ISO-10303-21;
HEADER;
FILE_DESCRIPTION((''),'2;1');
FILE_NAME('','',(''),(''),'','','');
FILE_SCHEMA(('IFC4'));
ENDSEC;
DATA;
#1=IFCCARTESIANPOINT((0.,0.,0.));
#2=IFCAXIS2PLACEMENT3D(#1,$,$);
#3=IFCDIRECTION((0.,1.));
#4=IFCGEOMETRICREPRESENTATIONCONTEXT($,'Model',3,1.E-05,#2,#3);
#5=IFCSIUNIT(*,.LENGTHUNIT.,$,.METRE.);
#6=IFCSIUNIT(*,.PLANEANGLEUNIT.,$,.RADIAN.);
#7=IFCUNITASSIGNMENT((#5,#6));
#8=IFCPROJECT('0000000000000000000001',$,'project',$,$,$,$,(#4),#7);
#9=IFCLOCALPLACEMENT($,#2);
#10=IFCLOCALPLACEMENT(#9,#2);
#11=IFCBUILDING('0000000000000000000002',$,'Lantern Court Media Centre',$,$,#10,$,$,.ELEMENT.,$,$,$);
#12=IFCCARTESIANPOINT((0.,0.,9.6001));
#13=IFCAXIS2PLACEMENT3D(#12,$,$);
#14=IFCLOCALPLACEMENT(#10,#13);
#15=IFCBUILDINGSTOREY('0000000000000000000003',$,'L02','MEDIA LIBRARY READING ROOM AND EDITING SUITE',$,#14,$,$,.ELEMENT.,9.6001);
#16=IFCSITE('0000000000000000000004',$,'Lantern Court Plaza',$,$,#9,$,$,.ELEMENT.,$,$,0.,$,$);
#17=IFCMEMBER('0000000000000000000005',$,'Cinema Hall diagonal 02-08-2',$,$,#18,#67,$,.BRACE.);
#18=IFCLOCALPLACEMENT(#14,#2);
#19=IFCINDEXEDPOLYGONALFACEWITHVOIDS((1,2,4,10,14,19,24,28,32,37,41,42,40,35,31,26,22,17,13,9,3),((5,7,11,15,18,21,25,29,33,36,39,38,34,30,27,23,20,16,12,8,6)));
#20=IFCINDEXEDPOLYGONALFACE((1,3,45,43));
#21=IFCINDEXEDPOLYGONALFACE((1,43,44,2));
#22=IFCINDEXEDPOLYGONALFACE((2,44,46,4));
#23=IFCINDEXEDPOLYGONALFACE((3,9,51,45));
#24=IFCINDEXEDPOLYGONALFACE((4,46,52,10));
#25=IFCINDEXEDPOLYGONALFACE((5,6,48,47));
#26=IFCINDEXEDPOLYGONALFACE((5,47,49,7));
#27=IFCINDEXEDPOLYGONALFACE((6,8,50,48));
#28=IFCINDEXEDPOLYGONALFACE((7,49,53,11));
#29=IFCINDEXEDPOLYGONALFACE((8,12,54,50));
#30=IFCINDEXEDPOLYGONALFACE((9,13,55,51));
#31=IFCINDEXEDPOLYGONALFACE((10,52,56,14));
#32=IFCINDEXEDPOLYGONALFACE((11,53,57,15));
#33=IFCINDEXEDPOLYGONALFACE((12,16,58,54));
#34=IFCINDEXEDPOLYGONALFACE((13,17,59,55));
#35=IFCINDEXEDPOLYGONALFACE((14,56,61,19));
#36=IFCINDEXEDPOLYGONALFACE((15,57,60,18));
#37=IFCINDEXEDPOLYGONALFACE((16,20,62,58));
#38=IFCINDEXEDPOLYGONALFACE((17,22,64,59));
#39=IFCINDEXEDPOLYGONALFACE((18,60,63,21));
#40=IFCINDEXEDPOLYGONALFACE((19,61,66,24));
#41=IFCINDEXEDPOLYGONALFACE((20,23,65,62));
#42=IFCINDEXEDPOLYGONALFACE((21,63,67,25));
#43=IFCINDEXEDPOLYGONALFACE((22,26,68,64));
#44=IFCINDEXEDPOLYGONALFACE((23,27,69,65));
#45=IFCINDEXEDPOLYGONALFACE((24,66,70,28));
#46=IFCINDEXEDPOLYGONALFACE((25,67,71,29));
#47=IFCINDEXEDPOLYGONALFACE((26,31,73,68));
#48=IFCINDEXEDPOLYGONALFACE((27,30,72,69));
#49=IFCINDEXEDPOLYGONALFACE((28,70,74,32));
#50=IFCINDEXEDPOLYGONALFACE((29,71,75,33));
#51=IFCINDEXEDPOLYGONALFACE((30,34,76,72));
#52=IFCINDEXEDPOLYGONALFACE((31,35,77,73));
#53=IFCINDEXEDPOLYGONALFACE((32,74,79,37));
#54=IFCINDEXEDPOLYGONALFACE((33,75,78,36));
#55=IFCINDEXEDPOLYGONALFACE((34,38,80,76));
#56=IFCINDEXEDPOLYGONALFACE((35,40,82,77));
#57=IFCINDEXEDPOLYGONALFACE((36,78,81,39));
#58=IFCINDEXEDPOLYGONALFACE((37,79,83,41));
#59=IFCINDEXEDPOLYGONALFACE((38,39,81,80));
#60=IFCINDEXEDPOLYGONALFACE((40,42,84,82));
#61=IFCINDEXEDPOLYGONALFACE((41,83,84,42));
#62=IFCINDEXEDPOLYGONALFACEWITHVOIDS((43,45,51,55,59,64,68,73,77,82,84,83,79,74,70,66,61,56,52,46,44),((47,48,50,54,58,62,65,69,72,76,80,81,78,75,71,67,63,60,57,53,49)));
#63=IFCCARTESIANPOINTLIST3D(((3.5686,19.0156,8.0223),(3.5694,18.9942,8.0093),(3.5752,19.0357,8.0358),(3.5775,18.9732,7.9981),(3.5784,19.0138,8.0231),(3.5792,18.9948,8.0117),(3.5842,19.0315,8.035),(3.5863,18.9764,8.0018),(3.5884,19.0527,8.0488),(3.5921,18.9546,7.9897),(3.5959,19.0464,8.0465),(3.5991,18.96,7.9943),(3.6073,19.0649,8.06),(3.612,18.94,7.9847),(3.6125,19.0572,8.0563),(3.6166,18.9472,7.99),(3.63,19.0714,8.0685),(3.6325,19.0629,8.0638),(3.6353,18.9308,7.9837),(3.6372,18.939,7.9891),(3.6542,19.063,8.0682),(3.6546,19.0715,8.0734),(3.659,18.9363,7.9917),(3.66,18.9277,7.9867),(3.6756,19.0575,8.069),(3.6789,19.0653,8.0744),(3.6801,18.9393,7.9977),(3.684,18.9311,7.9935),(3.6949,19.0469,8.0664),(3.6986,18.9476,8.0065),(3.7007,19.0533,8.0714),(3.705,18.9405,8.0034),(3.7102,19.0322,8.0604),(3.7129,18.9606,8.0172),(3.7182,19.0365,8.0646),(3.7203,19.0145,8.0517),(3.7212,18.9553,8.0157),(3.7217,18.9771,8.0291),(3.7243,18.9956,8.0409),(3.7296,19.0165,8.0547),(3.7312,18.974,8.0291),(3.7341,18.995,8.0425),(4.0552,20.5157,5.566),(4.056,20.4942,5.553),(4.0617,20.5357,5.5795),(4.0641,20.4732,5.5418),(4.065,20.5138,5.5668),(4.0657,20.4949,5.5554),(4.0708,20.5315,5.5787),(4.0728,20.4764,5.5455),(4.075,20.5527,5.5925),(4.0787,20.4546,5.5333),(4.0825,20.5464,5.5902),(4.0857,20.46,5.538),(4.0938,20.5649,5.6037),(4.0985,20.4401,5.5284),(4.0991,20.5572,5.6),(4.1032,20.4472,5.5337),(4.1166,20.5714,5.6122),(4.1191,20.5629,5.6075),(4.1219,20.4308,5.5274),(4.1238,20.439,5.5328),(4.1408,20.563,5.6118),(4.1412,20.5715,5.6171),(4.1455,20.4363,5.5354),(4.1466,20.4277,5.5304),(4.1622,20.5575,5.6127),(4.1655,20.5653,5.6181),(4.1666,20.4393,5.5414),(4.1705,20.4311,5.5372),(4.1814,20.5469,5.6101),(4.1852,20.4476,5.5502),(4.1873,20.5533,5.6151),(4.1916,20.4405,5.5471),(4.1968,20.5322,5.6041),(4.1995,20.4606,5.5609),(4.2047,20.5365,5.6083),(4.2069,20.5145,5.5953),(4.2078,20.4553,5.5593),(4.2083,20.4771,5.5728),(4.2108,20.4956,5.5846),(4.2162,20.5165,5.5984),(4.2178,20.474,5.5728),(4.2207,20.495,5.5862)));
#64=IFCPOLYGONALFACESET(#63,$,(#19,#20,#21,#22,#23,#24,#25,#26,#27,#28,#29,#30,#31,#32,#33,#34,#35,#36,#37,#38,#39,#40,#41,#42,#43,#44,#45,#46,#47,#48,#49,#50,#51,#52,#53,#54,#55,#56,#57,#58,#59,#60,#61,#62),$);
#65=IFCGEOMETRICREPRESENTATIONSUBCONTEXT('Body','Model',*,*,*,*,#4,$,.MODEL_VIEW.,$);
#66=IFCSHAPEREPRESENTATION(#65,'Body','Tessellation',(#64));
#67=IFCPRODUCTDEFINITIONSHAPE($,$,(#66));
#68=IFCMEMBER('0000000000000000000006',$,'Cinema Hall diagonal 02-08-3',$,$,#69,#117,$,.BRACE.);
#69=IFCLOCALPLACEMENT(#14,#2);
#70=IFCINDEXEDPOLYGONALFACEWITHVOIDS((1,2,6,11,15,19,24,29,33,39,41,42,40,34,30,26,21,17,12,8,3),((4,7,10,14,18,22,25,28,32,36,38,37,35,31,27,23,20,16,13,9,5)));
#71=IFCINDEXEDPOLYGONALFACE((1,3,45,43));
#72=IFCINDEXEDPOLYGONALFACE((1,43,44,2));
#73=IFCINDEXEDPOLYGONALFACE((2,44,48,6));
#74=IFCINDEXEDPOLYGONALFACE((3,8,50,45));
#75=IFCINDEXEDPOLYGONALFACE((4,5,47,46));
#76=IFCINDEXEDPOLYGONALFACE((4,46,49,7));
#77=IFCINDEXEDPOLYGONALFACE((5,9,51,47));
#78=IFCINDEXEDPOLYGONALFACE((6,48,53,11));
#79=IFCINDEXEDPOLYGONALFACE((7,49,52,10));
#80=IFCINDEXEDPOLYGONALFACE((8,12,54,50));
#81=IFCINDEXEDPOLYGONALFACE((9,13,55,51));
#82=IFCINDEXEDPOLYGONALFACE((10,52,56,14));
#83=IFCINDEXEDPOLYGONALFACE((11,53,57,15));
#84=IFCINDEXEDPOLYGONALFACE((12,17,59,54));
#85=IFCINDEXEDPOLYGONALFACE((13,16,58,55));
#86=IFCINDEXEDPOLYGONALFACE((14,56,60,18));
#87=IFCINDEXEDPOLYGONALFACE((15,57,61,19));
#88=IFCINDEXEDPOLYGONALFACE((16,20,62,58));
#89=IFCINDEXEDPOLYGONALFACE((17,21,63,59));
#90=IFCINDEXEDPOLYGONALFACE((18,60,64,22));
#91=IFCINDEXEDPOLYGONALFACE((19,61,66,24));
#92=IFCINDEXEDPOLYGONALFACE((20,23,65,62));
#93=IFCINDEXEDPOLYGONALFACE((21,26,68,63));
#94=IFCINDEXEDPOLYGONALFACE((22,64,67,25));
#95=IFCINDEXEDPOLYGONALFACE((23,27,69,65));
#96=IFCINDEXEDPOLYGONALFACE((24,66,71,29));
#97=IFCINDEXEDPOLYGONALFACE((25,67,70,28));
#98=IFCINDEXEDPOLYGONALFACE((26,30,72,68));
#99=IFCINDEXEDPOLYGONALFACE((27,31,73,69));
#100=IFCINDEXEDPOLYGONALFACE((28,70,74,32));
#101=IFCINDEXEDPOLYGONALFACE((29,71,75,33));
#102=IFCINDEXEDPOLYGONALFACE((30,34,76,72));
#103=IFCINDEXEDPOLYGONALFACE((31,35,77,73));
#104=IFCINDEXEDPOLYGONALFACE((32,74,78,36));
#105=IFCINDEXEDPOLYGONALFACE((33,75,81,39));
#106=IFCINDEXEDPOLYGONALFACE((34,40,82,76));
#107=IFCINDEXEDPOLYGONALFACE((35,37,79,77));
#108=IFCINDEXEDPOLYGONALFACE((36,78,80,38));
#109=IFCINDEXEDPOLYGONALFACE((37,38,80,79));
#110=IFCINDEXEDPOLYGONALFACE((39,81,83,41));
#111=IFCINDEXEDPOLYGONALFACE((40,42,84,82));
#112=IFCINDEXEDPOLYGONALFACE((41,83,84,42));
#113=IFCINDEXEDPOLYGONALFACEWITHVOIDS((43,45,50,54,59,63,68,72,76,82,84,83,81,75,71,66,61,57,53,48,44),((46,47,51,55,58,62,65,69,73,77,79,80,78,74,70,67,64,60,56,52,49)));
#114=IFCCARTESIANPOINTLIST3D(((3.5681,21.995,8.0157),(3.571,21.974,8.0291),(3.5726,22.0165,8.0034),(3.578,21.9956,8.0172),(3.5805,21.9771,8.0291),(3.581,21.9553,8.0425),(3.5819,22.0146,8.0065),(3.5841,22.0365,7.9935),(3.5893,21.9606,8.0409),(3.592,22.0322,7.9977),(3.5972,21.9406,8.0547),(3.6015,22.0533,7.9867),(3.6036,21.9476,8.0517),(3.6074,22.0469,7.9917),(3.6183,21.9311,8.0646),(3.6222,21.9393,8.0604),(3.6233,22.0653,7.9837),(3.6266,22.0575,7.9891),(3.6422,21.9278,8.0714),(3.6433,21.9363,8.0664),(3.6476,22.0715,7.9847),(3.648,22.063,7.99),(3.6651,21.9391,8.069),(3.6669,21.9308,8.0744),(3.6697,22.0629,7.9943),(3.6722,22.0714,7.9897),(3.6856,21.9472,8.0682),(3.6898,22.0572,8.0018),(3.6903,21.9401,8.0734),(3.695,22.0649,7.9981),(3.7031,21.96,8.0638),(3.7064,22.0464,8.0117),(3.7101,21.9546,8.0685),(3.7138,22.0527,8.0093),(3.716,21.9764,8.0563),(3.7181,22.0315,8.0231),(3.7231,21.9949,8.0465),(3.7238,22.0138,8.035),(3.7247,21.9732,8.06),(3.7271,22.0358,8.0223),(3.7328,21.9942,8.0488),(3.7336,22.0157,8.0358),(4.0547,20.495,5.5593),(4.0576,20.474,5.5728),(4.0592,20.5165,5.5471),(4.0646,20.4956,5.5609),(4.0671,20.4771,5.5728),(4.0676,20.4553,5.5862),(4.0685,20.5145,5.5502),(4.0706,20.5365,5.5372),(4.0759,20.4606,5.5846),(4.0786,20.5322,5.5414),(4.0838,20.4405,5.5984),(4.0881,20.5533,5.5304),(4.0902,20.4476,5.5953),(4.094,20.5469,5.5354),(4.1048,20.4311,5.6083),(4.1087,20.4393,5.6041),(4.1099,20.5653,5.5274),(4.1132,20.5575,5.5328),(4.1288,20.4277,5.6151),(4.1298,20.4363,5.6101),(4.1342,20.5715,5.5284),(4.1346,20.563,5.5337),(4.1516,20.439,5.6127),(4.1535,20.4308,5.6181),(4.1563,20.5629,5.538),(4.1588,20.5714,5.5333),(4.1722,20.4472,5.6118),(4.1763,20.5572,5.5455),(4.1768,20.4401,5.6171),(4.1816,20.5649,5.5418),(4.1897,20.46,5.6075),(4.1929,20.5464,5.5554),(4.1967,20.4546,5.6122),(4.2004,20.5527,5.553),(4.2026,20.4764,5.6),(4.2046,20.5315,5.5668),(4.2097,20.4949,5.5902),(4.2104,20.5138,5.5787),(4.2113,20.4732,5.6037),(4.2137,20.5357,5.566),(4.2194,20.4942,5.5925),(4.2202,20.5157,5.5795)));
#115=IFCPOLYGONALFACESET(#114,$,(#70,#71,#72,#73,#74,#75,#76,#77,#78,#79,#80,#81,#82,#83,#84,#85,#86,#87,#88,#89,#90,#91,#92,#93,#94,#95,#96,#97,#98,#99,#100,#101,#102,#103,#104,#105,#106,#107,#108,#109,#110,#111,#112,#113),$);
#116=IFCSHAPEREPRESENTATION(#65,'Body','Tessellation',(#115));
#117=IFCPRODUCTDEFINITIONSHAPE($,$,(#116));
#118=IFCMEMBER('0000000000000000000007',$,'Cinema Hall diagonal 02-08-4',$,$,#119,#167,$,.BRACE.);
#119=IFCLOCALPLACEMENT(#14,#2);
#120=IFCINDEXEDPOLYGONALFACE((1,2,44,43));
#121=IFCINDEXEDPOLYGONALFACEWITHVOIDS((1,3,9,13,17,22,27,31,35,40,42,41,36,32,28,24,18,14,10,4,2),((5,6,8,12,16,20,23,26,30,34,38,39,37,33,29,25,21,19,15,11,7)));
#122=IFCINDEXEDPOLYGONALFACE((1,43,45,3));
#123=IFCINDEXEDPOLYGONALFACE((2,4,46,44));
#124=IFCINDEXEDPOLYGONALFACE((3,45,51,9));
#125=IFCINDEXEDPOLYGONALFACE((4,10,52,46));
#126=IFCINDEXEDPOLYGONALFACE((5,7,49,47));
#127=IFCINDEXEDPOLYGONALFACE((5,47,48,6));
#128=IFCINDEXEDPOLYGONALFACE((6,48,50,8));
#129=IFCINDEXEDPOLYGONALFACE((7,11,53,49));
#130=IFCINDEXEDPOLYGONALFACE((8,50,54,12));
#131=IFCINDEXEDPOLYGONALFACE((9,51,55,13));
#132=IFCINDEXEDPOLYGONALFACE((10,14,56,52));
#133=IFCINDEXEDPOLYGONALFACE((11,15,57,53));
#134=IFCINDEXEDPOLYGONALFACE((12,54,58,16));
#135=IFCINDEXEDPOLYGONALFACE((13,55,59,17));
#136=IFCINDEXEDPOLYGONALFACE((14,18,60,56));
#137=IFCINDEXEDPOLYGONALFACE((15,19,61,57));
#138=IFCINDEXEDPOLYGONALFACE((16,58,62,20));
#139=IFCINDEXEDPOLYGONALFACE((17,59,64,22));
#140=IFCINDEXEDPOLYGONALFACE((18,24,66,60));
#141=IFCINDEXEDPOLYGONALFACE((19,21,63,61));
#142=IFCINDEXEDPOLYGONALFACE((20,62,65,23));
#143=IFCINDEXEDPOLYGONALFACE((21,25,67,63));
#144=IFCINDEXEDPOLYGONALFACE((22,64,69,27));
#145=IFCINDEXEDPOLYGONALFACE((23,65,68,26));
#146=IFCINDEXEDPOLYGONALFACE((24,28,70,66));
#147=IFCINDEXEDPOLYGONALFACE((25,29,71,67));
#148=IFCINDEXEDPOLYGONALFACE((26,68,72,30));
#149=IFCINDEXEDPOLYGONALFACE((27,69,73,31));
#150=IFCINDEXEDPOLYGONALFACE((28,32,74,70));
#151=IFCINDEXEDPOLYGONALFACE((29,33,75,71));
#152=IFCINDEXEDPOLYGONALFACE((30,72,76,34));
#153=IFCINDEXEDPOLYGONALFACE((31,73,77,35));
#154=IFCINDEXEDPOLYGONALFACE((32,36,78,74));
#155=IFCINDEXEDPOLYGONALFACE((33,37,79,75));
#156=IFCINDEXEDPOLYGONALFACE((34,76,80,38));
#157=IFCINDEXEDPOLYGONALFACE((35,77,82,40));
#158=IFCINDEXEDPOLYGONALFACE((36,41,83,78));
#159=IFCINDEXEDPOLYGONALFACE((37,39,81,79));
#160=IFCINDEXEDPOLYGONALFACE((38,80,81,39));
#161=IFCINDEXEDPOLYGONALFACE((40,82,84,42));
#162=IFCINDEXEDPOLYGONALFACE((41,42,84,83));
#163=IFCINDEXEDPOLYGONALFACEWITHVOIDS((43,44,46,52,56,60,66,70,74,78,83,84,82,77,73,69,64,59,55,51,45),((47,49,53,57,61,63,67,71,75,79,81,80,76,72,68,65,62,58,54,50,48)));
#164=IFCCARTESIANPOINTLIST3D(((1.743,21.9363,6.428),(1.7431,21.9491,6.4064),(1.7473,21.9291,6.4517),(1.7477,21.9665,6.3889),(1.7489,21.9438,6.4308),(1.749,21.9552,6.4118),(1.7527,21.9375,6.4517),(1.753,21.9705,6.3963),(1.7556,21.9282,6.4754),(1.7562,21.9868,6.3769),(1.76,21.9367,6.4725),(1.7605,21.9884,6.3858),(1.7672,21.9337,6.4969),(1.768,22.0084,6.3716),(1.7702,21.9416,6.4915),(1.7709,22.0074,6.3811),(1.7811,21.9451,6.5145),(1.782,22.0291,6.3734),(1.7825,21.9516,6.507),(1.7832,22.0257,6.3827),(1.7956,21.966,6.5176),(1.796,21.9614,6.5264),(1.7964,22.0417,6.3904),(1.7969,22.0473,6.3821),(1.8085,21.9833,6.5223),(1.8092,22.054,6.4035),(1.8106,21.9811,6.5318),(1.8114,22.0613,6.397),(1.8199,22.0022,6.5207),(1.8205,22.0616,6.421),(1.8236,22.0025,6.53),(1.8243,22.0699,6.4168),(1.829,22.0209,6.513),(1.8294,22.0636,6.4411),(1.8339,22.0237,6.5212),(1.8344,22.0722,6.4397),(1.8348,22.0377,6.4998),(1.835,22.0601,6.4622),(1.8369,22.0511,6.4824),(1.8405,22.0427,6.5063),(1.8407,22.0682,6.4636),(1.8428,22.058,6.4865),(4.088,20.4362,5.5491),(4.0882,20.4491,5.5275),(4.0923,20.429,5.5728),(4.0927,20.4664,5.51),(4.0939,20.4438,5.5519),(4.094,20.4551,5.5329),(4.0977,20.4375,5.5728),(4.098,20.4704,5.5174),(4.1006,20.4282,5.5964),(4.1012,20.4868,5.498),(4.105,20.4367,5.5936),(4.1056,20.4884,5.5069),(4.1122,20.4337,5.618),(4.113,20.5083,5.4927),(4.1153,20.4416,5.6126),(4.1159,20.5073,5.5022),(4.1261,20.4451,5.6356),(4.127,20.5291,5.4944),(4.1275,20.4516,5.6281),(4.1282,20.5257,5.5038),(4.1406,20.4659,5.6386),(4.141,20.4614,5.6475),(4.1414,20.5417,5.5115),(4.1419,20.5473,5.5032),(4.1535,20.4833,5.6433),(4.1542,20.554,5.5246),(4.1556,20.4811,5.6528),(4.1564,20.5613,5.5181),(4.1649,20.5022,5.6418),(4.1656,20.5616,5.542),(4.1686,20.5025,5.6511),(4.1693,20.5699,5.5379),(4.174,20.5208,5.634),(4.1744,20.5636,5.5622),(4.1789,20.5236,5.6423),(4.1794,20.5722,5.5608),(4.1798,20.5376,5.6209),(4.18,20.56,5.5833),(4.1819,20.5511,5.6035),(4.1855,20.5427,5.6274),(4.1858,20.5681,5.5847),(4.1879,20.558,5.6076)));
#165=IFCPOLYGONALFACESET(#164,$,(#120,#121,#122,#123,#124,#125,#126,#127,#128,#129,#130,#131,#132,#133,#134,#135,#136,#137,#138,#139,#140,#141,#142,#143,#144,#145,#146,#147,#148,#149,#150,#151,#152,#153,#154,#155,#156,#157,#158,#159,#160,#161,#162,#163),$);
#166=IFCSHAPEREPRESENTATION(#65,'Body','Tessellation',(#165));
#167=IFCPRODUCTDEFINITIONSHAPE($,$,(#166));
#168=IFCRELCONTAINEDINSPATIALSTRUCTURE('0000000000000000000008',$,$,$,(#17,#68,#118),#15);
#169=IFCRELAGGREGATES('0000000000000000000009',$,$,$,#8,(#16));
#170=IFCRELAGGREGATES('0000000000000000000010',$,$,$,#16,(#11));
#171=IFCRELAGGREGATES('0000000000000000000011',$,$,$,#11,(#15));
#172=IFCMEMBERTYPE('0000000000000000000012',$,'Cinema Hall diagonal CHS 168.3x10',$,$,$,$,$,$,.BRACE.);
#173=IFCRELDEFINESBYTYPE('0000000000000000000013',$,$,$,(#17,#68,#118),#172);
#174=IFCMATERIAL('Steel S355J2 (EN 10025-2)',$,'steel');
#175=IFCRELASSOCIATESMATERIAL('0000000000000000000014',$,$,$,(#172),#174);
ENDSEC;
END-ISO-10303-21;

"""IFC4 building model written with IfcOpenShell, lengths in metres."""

from ifc_helpers import new_model, si_unit, direction, frame, origin, origin_2d, place, context, subcontext, project, spatial, hollow_circle, extrude, material, material_profile, profile_set, type_object, element, save


model = new_model("IFC4")

# Units and contexts
model_context = context("Model", 3, precision=1e-05, world=origin(), true_north=direction((0.0, 1.0)))
body_context = subcontext(model_context, "Body", "Model", "MODEL_VIEW")
ifc_project = project(units=[si_unit("LENGTHUNIT", "METRE"), si_unit("PLANEANGLEUNIT", "RADIAN")], contexts=[model_context])

# Site, building, storey
site_placement = place(None, origin())
site = spatial("IfcSite", under=ifc_project, at=site_placement, Name="Lantern Court Plaza", CompositionType="ELEMENT", RefElevation=0.0)
building_placement = place(site_placement, origin())
building = spatial("IfcBuilding", under=site, at=building_placement, Name="Lantern Court Media Centre", CompositionType="ELEMENT")
storey_placement = place(building_placement, frame((0.0, 0.0, 9.6001)))
storey = spatial("IfcBuildingStorey", under=building, at=storey_placement, Name="L02", Description="MEDIA LIBRARY READING ROOM AND EDITING SUITE", CompositionType="ELEMENT", Elevation=9.6001)

# Shared definitions
ifc_material_1 = material(Name="Steel S355J2 (EN 10025-2)", Category="steel")

# Members
ifc_material_profile_1 = material_profile(ifc_material_1, hollow_circle(Radius=0.0842, WallThickness=0.01, at=origin_2d()), Name="Cinema Hall diagonal CHS 168.3x10")
ifc_profile_set_1 = profile_set([ifc_material_profile_1], Name="Steel S355J2 (EN 10025-2)")
member_type_1 = type_object("IfcMemberType", Name="Cinema Hall diagonal CHS 168.3x10", PredefinedType="BRACE", material=ifc_profile_set_1)
for number, where, z_axis, x_axis, name in (
    (1, (4.1377, 20.5, 5.5728), (-0.166695, -0.513887, 0.841506), (0.951207, -0.308554, 0.0), "Cinema Hall diagonal 02-08-2"),
    (2, (4.1377, 20.5, 5.5728), (-0.166695, 0.513887, 0.841506), (-0.951207, -0.308554, 0.0), "Cinema Hall diagonal 02-08-3"),
):
    element("IfcMember", number, at=place(storey_placement, frame(where, z_axis=z_axis, x_axis=x_axis)), inside=storey, type_object=member_type_1, Name=name, PredefinedType="BRACE", context=body_context, shape_type="SweptSolid", body=[
        extrude(hollow_circle(Radius=0.0842, WallThickness=0.01, at=origin_2d()), origin(), (0.0, 0.0, 1.0), 2.9189),
    ])
member_1_placement = place(storey_placement, frame((4.1377, 20.5, 5.5728), z_axis=(-0.803309, 0.51385, 0.301084), x_axis=(-0.538855, -0.842399, 0.0)))
element("IfcMember", 3, at=member_1_placement, inside=storey, type_object=member_type_1, Name="Cinema Hall diagonal 02-08-4", PredefinedType="BRACE", context=body_context, shape_type="SweptSolid", body=[
    extrude(hollow_circle(Radius=0.0842, WallThickness=0.01, at=origin_2d()), origin(), (0.0, 0.0, 1.0), 2.9192),
])

save(model, "model.ifc")
